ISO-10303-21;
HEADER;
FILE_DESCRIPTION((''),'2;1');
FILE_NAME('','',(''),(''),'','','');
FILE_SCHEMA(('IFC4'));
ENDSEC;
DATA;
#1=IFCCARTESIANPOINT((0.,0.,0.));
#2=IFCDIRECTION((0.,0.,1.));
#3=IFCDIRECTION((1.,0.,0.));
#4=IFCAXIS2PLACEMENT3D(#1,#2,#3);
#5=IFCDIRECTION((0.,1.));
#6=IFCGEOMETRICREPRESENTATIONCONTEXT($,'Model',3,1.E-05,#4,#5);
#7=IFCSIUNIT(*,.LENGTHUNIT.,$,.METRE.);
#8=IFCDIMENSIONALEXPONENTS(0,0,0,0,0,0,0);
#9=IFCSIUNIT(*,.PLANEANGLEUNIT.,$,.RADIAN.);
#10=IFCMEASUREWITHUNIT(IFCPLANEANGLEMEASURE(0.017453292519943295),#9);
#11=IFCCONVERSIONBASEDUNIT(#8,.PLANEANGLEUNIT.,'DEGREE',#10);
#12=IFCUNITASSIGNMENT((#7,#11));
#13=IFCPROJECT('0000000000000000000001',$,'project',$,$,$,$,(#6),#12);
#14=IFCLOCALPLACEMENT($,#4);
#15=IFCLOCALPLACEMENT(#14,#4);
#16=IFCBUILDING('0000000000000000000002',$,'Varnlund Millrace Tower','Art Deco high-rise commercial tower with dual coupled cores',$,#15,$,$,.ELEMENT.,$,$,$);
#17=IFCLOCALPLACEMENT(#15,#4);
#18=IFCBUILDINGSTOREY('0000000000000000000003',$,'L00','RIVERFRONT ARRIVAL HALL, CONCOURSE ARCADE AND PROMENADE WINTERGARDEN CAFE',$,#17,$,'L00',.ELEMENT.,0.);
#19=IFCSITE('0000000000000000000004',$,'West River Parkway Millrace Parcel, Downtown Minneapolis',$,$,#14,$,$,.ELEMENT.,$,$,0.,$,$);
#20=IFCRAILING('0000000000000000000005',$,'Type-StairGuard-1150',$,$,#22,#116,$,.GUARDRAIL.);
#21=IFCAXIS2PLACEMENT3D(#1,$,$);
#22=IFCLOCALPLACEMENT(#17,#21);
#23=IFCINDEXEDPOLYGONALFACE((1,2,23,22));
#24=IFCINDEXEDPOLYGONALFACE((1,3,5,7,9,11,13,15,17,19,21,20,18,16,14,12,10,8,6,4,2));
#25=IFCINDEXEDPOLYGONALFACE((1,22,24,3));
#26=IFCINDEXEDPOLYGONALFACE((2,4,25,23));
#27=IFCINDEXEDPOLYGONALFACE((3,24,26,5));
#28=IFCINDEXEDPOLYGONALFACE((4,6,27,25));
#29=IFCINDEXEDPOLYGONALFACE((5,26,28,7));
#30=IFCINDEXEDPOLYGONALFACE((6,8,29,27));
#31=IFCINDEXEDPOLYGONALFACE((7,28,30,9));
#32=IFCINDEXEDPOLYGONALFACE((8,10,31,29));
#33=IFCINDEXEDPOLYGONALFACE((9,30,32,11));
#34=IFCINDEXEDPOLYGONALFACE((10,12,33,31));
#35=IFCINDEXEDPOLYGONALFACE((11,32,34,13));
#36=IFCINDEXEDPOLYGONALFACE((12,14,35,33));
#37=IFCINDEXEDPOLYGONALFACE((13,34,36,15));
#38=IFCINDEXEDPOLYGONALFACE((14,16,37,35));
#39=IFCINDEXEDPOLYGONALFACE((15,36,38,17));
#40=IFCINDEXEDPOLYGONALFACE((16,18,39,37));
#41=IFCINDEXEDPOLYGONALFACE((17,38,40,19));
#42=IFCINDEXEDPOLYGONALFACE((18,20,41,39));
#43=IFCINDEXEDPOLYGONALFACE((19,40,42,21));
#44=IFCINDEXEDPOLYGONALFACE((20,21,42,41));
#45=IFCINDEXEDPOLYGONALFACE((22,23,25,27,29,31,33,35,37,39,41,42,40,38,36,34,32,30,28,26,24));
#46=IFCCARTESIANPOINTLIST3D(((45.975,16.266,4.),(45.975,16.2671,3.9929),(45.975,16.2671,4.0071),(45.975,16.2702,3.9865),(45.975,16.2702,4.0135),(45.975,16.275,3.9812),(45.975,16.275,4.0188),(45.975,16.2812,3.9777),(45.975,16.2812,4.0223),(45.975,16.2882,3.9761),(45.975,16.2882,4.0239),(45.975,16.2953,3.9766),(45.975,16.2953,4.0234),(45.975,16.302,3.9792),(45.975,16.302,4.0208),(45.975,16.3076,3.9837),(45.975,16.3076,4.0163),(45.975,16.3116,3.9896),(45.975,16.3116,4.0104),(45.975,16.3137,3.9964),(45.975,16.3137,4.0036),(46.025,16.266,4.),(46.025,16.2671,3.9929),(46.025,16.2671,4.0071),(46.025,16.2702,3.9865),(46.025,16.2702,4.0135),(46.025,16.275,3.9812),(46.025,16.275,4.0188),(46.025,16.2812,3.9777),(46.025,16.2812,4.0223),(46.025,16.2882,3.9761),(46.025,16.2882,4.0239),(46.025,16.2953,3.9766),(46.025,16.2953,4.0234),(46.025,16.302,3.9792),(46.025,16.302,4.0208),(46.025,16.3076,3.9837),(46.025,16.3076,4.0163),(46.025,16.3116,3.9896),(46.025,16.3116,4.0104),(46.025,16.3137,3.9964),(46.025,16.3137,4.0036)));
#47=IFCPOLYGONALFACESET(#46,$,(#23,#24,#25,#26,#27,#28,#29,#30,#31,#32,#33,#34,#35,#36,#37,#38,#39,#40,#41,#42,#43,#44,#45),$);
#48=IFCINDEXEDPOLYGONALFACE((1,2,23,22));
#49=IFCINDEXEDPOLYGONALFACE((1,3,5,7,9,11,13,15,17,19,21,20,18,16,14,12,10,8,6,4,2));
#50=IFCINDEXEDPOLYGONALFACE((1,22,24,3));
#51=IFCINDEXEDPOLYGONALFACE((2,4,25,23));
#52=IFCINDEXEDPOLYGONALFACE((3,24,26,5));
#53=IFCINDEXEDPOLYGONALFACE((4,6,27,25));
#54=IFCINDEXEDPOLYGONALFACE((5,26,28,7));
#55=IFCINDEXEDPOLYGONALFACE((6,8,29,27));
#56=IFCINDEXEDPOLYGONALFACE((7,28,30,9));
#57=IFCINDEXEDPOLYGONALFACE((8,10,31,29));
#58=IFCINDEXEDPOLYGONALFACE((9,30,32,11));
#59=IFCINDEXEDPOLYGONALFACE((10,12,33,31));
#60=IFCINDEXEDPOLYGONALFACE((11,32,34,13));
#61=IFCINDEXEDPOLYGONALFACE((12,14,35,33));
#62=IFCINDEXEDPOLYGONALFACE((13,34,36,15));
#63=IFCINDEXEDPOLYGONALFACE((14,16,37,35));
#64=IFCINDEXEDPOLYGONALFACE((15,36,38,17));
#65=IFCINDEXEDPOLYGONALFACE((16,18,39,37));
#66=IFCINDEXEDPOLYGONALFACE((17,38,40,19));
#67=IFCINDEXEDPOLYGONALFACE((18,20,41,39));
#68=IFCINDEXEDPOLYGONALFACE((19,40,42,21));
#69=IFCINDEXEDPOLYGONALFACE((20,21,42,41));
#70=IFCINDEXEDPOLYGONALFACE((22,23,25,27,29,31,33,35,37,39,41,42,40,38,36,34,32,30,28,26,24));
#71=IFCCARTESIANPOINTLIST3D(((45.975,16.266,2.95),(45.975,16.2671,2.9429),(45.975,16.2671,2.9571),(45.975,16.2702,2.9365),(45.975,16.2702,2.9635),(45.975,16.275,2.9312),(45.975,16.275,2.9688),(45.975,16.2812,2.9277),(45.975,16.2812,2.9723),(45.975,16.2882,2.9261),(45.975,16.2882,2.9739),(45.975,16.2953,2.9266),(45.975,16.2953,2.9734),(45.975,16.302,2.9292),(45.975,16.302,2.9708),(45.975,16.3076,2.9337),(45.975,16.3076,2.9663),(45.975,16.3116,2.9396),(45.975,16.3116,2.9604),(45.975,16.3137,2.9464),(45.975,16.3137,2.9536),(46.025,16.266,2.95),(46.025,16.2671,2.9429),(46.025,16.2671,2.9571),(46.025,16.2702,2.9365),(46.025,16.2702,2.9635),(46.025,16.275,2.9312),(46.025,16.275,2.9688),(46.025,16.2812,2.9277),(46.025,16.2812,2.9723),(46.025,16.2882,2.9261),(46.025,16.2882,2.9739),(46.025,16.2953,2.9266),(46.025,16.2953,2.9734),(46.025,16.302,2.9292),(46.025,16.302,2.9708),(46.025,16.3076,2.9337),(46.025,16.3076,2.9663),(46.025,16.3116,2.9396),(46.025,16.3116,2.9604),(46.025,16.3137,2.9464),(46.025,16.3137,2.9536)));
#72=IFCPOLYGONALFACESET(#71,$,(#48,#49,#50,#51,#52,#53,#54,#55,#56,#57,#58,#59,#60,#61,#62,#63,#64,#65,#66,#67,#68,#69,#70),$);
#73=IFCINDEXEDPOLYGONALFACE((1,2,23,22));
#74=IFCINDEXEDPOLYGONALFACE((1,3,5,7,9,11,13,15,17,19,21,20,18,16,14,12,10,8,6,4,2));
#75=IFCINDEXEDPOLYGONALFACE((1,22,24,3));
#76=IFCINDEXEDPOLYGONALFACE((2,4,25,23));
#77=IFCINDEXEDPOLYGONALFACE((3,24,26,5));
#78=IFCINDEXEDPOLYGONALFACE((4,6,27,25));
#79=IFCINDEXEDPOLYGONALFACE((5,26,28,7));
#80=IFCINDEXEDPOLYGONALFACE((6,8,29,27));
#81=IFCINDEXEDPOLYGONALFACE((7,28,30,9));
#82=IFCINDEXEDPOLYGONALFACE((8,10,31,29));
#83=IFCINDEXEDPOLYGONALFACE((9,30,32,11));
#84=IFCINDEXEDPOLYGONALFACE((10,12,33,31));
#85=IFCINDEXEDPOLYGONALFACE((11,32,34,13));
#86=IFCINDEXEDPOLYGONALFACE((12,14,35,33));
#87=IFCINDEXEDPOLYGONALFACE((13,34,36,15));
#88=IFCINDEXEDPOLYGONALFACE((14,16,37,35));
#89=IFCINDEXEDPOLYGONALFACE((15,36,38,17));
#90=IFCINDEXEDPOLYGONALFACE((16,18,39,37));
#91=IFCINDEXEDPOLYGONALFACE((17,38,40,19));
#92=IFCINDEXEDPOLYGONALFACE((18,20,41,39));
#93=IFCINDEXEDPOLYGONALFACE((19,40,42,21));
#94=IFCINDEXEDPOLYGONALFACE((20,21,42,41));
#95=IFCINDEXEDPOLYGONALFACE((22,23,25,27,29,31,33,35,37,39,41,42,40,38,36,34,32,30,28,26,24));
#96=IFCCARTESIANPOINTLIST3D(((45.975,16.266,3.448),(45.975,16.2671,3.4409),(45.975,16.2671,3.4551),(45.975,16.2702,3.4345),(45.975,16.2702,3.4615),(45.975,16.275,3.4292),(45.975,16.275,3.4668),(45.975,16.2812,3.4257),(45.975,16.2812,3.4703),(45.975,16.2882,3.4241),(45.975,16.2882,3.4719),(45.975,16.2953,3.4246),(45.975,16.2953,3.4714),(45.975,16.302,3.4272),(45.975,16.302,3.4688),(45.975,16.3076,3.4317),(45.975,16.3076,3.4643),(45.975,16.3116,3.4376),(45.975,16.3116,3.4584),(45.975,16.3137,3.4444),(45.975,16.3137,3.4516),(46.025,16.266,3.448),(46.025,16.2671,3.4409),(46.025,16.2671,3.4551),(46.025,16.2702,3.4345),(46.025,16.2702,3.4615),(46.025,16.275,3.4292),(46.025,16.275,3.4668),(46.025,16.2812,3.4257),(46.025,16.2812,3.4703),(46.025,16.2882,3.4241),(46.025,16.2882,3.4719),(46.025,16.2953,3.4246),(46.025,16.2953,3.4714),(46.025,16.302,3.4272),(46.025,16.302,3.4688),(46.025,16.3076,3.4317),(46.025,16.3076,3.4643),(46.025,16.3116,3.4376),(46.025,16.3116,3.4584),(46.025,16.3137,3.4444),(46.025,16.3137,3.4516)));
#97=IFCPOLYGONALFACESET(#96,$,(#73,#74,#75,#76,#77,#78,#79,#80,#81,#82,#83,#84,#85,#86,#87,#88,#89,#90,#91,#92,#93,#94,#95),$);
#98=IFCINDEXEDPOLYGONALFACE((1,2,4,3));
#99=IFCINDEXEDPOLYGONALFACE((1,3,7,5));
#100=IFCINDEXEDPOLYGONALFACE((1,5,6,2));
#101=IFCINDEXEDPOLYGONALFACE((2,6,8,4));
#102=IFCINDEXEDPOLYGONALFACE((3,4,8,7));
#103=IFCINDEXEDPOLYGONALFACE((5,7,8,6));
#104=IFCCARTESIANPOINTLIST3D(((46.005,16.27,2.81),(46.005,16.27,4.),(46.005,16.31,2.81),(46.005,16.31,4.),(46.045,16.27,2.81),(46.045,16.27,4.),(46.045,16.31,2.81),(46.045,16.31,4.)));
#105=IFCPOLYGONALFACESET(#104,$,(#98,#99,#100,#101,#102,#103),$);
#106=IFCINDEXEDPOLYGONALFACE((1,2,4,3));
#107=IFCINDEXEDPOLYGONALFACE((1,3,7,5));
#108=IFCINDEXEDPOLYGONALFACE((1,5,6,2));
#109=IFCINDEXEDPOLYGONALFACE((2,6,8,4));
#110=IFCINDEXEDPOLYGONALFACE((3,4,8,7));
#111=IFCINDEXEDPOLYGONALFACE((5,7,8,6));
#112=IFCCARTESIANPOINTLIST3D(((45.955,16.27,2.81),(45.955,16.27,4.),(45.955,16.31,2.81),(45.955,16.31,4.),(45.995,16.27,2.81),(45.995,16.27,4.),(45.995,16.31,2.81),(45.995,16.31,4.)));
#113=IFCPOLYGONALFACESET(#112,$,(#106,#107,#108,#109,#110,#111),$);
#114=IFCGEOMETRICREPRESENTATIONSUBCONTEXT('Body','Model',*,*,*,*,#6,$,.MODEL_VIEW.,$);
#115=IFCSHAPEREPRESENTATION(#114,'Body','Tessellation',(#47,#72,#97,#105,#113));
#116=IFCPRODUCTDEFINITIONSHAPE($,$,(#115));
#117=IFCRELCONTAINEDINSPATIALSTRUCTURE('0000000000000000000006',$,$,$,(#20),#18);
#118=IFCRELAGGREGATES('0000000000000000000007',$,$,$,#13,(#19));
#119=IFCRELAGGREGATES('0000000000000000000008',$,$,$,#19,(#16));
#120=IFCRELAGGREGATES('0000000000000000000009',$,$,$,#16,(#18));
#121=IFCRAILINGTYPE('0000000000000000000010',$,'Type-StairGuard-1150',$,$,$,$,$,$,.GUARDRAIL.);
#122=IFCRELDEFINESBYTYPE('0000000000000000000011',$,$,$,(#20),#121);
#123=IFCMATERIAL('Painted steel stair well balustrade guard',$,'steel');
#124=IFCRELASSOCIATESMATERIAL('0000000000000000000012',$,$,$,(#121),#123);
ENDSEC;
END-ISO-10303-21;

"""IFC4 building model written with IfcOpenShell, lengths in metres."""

from ifc_helpers import new_model, entity, si_unit, converted_unit, direction, frame, origin_with_axes, origin_2d_with_axis, place, context, subcontext, project, spatial, rectangle, circle, extrude, material, type_object, element, save


model = new_model("IFC4")

# Units and contexts
model_context = context("Model", 3, precision=1e-05, world=origin_with_axes(), true_north=direction((0.0, 1.0)))
body_context = subcontext(model_context, "Body", "Model", "MODEL_VIEW")
ifc_project = project(units=[si_unit("LENGTHUNIT", "METRE"), converted_unit("PLANEANGLEUNIT", "DEGREE", entity("IfcPlaneAngleMeasure", 0.017453292519943295), si_unit("PLANEANGLEUNIT", "RADIAN"), dimensions=[0, 0, 0, 0, 0, 0, 0])], contexts=[model_context])

# Site, building, storey
site_placement = place(None, origin_with_axes())
site = spatial("IfcSite", under=ifc_project, at=site_placement, Name="West River Parkway Millrace Parcel, Downtown Minneapolis", CompositionType="ELEMENT", RefElevation=0.0)
building_placement = place(site_placement, origin_with_axes())
building = spatial("IfcBuilding", under=site, at=building_placement, Name="Varnlund Millrace Tower", Description="Art Deco high-rise commercial tower with dual coupled cores", CompositionType="ELEMENT")
storey_placement = place(building_placement, origin_with_axes())
storey = spatial("IfcBuildingStorey", under=building, at=storey_placement, Name="L00", Description="RIVERFRONT ARRIVAL HALL, CONCOURSE ARCADE AND PROMENADE WINTERGARDEN CAFE", LongName="L00", CompositionType="ELEMENT", Elevation=0.0)

# Railing
ifc_material_1 = material(Name="Painted steel stair well balustrade guard", Category="steel")
railing_type_1 = type_object("IfcRailingType", Name="Type-StairGuard-1150", PredefinedType="GUARDRAIL", material=ifc_material_1)
railing_1_placement = place(storey_placement, origin_with_axes())
element("IfcRailing", 1, at=railing_1_placement, inside=storey, type_object=railing_type_1, Name="Type-StairGuard-1150", PredefinedType="GUARDRAIL", context=body_context, shape_type="SweptSolid", body=[
    extrude(circle(Radius=0.024, at=origin_2d_with_axis()), frame((46.025, 16.29, 4.0), z_axis=(-1.0, 0.0, 0.0), x_axis=(0.0, -1.0, 0.0)), (0.0, 0.0, 1.0), 0.05),
    extrude(circle(Radius=0.024, at=origin_2d_with_axis()), frame((46.025, 16.29, 2.95), z_axis=(-1.0, 0.0, 0.0), x_axis=(0.0, -1.0, 0.0)), (0.0, 0.0, 1.0), 0.05),
    extrude(circle(Radius=0.024, at=origin_2d_with_axis()), frame((46.025, 16.29, 3.448), z_axis=(-1.0, 0.0, 0.0), x_axis=(0.0, -1.0, 0.0)), (0.0, 0.0, 1.0), 0.05),
    extrude(rectangle(XDim=0.04, YDim=0.04, at=origin_2d_with_axis()), frame((46.025, 16.29, 2.81), z_axis=(0.0, 0.0, 1.0), x_axis=(1.0, 0.0, 0.0)), (0.0, 0.0, 1.0), 1.19),
    extrude(rectangle(XDim=0.04, YDim=0.04, at=origin_2d_with_axis()), frame((45.975, 16.29, 2.81), z_axis=(0.0, 0.0, 1.0), x_axis=(1.0, 0.0, 0.0)), (0.0, 0.0, 1.0), 1.19),
])

save(model, "model.ifc")
